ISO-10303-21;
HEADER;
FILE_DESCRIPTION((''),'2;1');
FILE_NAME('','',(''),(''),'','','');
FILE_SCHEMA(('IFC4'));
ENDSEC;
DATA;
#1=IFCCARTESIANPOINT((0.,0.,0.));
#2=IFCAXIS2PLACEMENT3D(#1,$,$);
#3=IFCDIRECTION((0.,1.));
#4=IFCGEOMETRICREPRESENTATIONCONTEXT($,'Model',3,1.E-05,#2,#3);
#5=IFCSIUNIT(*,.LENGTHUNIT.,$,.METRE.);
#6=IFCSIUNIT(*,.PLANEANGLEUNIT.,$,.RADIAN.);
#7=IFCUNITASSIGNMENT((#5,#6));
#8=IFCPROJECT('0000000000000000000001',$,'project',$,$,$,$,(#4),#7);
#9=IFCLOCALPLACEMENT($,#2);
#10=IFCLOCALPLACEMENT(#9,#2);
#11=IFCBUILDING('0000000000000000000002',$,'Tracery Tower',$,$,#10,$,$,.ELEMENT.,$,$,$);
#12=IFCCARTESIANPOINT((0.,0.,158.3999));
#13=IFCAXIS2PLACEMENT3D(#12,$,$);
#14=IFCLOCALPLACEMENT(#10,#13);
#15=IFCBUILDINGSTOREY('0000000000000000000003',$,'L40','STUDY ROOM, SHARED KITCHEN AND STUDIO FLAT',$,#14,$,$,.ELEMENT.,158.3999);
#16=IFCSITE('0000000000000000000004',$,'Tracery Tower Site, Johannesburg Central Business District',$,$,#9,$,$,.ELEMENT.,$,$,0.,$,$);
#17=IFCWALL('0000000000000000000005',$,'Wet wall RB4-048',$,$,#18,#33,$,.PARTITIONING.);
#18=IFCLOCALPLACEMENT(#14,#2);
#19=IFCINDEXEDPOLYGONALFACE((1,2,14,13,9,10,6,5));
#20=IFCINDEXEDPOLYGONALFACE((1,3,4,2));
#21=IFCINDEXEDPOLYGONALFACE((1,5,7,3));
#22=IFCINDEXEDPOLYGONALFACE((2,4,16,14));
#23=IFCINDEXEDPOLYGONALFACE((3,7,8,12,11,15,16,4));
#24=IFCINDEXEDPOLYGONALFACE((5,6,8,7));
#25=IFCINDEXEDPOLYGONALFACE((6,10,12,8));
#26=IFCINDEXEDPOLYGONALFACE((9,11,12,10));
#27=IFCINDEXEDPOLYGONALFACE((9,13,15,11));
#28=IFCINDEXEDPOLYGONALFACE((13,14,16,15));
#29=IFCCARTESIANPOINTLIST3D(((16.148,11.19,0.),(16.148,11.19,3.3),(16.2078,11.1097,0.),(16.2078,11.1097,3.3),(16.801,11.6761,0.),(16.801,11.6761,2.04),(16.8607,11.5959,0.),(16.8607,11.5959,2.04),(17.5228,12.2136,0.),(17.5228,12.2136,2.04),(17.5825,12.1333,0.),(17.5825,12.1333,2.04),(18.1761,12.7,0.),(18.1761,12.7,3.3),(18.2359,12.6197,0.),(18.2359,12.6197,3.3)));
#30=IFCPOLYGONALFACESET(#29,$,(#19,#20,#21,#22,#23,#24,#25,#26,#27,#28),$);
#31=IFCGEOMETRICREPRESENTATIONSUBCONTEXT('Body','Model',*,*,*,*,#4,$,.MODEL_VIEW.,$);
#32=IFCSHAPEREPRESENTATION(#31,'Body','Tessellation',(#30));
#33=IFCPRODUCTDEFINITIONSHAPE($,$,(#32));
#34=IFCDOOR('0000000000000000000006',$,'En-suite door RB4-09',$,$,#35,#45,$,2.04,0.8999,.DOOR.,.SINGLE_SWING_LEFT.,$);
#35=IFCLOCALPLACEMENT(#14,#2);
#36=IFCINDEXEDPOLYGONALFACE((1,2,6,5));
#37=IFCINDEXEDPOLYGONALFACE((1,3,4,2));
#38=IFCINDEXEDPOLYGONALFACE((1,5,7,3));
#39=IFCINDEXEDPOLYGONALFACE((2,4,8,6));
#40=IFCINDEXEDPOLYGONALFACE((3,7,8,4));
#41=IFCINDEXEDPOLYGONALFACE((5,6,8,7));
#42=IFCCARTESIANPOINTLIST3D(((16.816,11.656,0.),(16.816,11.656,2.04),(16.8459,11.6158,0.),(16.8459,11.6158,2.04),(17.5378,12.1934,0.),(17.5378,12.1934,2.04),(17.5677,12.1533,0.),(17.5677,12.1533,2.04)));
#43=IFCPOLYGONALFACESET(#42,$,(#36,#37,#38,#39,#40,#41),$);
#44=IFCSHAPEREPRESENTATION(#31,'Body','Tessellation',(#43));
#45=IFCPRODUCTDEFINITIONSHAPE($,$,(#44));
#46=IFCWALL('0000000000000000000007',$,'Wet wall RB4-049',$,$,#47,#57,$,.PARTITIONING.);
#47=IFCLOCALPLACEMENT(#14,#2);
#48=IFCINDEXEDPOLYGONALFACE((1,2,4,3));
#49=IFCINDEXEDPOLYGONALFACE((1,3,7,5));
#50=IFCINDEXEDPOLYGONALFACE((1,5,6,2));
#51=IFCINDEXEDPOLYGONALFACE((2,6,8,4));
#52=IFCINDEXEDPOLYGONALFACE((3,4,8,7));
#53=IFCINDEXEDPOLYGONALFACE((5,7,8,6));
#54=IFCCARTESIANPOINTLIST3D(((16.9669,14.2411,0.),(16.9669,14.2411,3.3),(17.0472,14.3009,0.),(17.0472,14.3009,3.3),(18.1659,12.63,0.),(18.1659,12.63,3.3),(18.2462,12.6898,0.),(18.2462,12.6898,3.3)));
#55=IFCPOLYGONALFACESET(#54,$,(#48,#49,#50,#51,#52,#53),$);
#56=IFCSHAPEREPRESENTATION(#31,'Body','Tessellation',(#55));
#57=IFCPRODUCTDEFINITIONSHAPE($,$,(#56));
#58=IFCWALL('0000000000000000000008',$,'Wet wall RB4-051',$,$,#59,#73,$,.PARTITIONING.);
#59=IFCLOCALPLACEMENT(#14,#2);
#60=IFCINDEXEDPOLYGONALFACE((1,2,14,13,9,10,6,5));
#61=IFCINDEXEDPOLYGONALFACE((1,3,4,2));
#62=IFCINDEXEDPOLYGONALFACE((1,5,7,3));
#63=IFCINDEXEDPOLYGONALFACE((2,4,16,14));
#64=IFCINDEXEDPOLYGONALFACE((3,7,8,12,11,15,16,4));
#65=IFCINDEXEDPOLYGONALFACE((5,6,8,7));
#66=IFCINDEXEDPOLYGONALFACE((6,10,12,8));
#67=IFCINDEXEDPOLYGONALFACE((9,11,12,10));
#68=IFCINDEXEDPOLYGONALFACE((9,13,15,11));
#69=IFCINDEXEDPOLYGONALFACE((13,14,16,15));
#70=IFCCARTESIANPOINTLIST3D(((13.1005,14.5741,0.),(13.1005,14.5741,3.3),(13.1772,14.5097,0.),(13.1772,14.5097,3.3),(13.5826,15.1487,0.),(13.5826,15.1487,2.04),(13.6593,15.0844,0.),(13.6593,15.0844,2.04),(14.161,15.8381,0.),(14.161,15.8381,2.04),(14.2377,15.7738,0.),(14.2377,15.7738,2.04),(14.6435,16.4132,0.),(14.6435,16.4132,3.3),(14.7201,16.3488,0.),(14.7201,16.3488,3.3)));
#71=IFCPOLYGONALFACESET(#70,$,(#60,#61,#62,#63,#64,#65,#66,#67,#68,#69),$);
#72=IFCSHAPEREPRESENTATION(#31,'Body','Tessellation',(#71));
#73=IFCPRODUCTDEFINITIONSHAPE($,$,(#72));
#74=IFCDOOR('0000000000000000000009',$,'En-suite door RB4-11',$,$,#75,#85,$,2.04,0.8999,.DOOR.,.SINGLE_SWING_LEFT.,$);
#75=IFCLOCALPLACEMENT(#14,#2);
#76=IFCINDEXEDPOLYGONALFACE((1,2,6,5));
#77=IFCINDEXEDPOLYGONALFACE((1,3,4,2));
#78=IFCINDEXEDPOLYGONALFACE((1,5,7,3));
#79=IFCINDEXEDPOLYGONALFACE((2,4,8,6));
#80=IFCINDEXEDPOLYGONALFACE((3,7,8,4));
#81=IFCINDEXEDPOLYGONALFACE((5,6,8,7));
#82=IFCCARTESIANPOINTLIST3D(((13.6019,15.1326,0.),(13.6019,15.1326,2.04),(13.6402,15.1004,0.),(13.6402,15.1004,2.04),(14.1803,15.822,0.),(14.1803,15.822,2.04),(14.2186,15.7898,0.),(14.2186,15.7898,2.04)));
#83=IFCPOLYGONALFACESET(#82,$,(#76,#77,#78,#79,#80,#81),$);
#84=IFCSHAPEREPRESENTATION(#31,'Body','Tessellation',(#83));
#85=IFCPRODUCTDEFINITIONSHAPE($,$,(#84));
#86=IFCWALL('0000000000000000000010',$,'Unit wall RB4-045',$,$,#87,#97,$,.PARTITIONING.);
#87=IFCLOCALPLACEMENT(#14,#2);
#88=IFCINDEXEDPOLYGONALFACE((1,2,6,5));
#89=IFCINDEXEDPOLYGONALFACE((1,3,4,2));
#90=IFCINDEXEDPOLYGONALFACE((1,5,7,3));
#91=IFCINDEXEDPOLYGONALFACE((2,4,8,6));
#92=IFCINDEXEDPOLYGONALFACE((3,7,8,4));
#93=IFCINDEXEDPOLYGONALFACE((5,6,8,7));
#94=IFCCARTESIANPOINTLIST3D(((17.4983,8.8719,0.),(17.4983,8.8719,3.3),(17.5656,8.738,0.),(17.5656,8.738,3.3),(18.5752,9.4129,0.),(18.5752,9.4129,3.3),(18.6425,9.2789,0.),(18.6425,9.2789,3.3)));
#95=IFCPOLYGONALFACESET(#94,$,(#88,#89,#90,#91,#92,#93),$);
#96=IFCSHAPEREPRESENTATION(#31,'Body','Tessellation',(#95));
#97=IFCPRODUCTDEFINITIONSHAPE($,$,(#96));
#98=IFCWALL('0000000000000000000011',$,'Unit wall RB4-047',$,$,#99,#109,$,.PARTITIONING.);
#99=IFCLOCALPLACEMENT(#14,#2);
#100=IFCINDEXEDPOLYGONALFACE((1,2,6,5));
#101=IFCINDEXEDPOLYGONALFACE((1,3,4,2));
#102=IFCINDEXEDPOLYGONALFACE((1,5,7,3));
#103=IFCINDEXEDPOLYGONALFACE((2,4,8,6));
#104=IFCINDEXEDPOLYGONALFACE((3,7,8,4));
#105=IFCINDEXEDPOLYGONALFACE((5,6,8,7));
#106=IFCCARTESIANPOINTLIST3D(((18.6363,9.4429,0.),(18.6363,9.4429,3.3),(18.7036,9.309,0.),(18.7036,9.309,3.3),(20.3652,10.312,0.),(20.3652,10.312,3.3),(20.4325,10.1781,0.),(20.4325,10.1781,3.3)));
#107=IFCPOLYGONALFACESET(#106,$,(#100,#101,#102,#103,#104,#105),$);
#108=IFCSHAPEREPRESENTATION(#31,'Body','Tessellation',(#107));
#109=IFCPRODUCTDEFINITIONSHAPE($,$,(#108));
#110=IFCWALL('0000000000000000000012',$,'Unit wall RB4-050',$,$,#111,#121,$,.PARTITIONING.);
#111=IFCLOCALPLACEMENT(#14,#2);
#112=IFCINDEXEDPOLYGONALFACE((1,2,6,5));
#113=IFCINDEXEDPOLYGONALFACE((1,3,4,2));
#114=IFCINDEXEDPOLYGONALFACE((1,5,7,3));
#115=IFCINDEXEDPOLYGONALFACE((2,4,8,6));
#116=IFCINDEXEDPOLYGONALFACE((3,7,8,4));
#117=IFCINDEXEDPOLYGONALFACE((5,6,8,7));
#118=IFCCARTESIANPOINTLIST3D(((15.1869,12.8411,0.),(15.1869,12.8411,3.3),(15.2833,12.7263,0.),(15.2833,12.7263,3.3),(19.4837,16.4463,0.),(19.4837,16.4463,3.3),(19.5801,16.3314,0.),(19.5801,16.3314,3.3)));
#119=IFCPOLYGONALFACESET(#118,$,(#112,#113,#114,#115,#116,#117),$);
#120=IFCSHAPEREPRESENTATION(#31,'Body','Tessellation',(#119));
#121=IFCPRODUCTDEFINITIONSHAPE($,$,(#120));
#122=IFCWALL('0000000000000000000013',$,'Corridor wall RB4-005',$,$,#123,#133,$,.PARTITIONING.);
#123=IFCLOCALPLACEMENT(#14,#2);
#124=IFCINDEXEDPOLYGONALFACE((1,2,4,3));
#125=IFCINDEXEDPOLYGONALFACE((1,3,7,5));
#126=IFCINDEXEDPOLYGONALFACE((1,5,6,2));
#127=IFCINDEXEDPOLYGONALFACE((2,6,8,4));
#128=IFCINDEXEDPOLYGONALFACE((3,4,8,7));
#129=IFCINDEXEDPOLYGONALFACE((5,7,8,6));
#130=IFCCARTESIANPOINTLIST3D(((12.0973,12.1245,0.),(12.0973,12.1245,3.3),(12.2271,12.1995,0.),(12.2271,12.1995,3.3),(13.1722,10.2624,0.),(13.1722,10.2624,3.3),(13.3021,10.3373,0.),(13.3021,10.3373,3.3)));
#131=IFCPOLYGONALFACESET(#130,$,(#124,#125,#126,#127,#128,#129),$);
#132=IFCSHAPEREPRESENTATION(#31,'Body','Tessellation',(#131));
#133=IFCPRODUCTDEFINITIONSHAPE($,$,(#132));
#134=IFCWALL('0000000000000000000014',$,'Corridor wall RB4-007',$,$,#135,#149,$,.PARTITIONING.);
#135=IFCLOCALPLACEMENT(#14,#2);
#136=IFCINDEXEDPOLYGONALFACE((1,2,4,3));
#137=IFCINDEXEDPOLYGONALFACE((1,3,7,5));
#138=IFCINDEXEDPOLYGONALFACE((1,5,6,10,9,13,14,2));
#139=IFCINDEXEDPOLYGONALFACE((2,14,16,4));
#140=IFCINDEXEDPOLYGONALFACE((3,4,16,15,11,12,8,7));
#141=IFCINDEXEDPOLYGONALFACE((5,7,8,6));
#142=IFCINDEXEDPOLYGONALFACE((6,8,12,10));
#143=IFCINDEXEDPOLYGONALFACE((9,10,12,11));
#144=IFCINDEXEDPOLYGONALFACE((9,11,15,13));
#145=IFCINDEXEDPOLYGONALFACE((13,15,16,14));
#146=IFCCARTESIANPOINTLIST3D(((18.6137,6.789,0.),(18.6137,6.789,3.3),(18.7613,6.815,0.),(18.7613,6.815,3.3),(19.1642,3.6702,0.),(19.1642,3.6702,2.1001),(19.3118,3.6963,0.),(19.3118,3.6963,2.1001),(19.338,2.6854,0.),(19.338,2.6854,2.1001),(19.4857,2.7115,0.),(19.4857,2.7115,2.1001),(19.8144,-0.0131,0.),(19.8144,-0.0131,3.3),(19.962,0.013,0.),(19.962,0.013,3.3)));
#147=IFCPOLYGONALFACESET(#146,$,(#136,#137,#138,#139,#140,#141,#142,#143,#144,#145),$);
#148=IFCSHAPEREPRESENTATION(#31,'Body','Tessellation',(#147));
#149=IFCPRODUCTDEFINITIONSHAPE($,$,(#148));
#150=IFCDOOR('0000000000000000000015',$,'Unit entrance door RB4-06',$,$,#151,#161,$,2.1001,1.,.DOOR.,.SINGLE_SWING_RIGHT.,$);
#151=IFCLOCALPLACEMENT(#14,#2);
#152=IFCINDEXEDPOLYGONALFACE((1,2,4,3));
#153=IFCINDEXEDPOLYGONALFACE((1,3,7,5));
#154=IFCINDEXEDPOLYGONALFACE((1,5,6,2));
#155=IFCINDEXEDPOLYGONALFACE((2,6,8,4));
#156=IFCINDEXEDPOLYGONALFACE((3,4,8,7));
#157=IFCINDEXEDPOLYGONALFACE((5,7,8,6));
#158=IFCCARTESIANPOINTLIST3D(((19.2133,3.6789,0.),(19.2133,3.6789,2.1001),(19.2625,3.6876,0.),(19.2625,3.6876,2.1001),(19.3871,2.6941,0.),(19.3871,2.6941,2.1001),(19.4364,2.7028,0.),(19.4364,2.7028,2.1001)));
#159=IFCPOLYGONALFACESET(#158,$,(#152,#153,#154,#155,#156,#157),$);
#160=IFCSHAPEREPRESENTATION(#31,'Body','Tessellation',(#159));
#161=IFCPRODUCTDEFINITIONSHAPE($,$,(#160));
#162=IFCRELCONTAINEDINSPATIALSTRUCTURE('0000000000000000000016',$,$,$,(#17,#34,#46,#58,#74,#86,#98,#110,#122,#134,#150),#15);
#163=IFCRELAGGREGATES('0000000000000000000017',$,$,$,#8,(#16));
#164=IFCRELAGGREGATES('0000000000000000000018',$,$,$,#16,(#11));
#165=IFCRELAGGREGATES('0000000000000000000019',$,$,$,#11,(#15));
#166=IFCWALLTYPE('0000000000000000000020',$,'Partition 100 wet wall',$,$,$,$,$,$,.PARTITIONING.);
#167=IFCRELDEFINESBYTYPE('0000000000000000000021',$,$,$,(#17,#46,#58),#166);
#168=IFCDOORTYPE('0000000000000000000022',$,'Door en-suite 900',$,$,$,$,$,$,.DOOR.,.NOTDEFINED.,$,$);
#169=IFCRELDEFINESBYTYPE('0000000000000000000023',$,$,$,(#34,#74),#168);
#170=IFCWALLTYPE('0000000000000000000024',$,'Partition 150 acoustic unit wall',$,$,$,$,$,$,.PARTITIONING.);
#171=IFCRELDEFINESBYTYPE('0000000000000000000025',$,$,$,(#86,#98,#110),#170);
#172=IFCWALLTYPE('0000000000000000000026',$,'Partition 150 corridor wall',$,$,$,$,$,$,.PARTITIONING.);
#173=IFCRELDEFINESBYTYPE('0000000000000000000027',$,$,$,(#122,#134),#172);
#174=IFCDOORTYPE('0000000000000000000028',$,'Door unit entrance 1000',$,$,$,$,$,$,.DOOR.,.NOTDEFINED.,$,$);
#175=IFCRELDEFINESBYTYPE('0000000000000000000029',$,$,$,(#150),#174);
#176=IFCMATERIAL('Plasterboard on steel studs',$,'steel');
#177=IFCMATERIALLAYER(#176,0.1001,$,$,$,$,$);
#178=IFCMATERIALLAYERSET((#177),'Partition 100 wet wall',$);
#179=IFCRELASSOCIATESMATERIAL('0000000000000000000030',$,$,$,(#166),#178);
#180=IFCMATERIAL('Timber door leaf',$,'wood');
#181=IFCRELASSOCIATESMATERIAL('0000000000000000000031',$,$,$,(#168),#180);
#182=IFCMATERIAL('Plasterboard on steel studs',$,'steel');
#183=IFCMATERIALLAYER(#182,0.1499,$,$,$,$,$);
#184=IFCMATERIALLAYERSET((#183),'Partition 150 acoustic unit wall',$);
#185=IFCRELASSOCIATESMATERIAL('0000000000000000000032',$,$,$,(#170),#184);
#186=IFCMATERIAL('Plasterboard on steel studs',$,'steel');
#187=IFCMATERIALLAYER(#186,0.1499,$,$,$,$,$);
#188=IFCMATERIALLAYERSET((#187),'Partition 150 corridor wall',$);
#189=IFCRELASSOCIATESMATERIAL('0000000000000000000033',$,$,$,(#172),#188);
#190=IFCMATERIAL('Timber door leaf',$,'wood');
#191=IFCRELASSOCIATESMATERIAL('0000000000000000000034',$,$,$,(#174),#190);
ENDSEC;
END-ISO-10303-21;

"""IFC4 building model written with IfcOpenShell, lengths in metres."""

from ifc_helpers import new_model, si_unit, direction, frame, frame_2d, origin, place, context, subcontext, project, spatial, rectangle, extrude, material, layer, layer_set, type_object, element, fill, save


model = new_model("IFC4")

# Units and contexts
model_context = context("Model", 3, precision=1e-05, world=origin(), true_north=direction((0.0, 1.0)))
body_context = subcontext(model_context, "Body", "Model", "MODEL_VIEW")
ifc_project = project(units=[si_unit("LENGTHUNIT", "METRE"), si_unit("PLANEANGLEUNIT", "RADIAN")], contexts=[model_context])

# Site, building, storey
site_placement = place(None, origin())
site = spatial("IfcSite", under=ifc_project, at=site_placement, Name="Tracery Tower Site, Johannesburg Central Business District", CompositionType="ELEMENT", RefElevation=0.0)
building_placement = place(site_placement, origin())
building = spatial("IfcBuilding", under=site, at=building_placement, Name="Tracery Tower", CompositionType="ELEMENT")
storey_placement = place(building_placement, frame((0.0, 0.0, 158.3999)))
storey = spatial("IfcBuildingStorey", under=building, at=storey_placement, Name="L40", Description="STUDY ROOM, SHARED KITCHEN AND STUDIO FLAT", CompositionType="ELEMENT", Elevation=158.3999)

# Wall, opening, door
ifc_material_1 = material(Name="Plasterboard on steel studs", Category="steel")
ifc_layer_1 = layer(ifc_material_1, 0.1001)
ifc_layer_set_1 = layer_set([ifc_layer_1], Name="Partition 100 wet wall")
wall_type_1 = type_object("IfcWallType", Name="Partition 100 wet wall", PredefinedType="PARTITIONING", material=ifc_layer_set_1)
wall_1_placement = place(storey_placement, frame((16.178, 11.1499, 0.0), z_axis=(0.0, 0.0, 1.0), x_axis=(0.802092, 0.5972, 0.0)))
wall_1 = element("IfcWall", 1, at=wall_1_placement, inside=storey, type_object=wall_type_1, Name="Wet wall RB4-048", PredefinedType="PARTITIONING", context=body_context, shape_type="SweptSolid", body=[
    extrude(rectangle(XDim=2.5286, YDim=0.1001, at=frame_2d((1.2642, 0.0))), origin(), (0.0, 0.0, 1.0), 3.3),
])
opening_1_placement = place(wall_1_placement, frame((0.814, 0.0, 0.0)))
opening_1 = element("IfcOpeningElement", 2, at=opening_1_placement, cuts=wall_1, PredefinedType="OPENING", context=body_context, shape_type="SweptSolid", body=[
    extrude(rectangle(XDim=0.8999, YDim=2.04, at=frame_2d((0.45, 1.02))), frame((0.0, 0.05, 0.0), z_axis=(0.0, -1.0, 0.0), x_axis=(1.0, 0.0, 0.0)), (0.0, 0.0, 1.0), 0.1001),
])
ifc_material_2 = material(Name="Timber door leaf", Category="wood")
door_type_1 = type_object("IfcDoorType", Name="Door en-suite 900", OperationType="NOTDEFINED", PredefinedType="DOOR", material=ifc_material_2)
door_1_placement = place(opening_1_placement, origin())
door_1 = element("IfcDoor", 3, at=door_1_placement, inside=storey, type_object=door_type_1, Name="En-suite door RB4-09", OperationType="SINGLE_SWING_LEFT", OverallHeight=2.04, OverallWidth=0.8999, PredefinedType="DOOR", context=body_context, shape_type="SweptSolid", body=[
    extrude(rectangle(XDim=0.8999, YDim=2.04, at=frame_2d((0.45, 1.02))), frame((0.0, 0.0249, 0.0), z_axis=(0.0, -1.0, 0.0), x_axis=(1.0, 0.0, 0.0)), (0.0, 0.0, 1.0), 0.05),
])
fill(opening_1, door_1)

# Wall
wall_2_placement = place(storey_placement, frame((17.0071, 14.271, 0.0), z_axis=(0.0, 0.0, 1.0), x_axis=(0.59702, -0.802226, 0.0)))
element("IfcWall", 4, at=wall_2_placement, inside=storey, type_object=wall_type_1, Name="Wet wall RB4-049", PredefinedType="PARTITIONING", context=body_context, shape_type="SweptSolid", body=[
    extrude(rectangle(XDim=2.0083, YDim=0.1001, at=frame_2d((1.0042, 0.0))), origin(), (0.0, 0.0, 1.0), 3.3),
])

# Wall, opening, door
wall_3_placement = place(storey_placement, frame((13.1389, 14.542, 0.0), z_axis=(0.0, 0.0, 1.0), x_axis=(0.642732, 0.766091, 0.0)))
wall_3 = element("IfcWall", 5, at=wall_3_placement, inside=storey, type_object=wall_type_1, Name="Wet wall RB4-051", PredefinedType="PARTITIONING", context=body_context, shape_type="SweptSolid", body=[
    extrude(rectangle(XDim=2.4006, YDim=0.1001, at=frame_2d((1.2002, 0.0))), origin(), (0.0, 0.0, 1.0), 3.3),
])
opening_2_placement = place(wall_3_placement, frame((0.75, 0.0, 0.0)))
opening_2 = element("IfcOpeningElement", 6, at=opening_2_placement, cuts=wall_3, PredefinedType="OPENING", context=body_context, shape_type="SweptSolid", body=[
    extrude(rectangle(XDim=0.8999, YDim=2.04, at=frame_2d((0.45, 1.02))), frame((0.0, 0.05, 0.0), z_axis=(0.0, -1.0, 0.0), x_axis=(1.0, 0.0, 0.0)), (0.0, 0.0, 1.0), 0.1001),
])
door_2_placement = place(opening_2_placement, origin())
door_2 = element("IfcDoor", 7, at=door_2_placement, inside=storey, type_object=door_type_1, Name="En-suite door RB4-11", OperationType="SINGLE_SWING_LEFT", OverallHeight=2.04, OverallWidth=0.8999, PredefinedType="DOOR", context=body_context, shape_type="SweptSolid", body=[
    extrude(rectangle(XDim=0.8999, YDim=2.04, at=frame_2d((0.45, 1.02))), frame((0.0, 0.0249, 0.0), z_axis=(0.0, -1.0, 0.0), x_axis=(1.0, 0.0, 0.0)), (0.0, 0.0, 1.0), 0.05),
])
fill(opening_2, door_2)

# Walls
ifc_material_3 = material(Name="Plasterboard on steel studs", Category="steel")
ifc_layer_2 = layer(ifc_material_3, 0.1499)
ifc_layer_set_2 = layer_set([ifc_layer_2], Name="Partition 150 acoustic unit wall")
wall_type_2 = type_object("IfcWallType", Name="Partition 150 acoustic unit wall", PredefinedType="PARTITIONING", material=ifc_layer_set_2)
wall_4_placement = place(storey_placement, frame((17.532, 8.8049, 0.0), z_axis=(0.0, 0.0, 1.0), x_axis=(0.893575, 0.448914, 0.0)))
element("IfcWall", 8, at=wall_4_placement, inside=storey, type_object=wall_type_2, Name="Unit wall RB4-045", PredefinedType="PARTITIONING", context=body_context, shape_type="SweptSolid", body=[
    extrude(rectangle(XDim=1.2051, YDim=0.1499, at=frame_2d((0.6025, 0.0))), origin(), (0.0, 0.0, 1.0), 3.3),
])
wall_5_placement = place(storey_placement, frame((18.6699, 9.376, 0.0), z_axis=(0.0, 0.0, 1.0), x_axis=(0.893466, 0.44913, 0.0)))
element("IfcWall", 9, at=wall_5_placement, inside=storey, type_object=wall_type_2, Name="Unit wall RB4-047", PredefinedType="PARTITIONING", context=body_context, shape_type="SweptSolid", body=[
    extrude(rectangle(XDim=1.9351, YDim=0.1499, at=frame_2d((0.9675, 0.0))), origin(), (0.0, 0.0, 1.0), 3.3),
])
wall_6_placement = place(storey_placement, frame((15.2351, 12.7837, 0.0), z_axis=(0.0, 0.0, 1.0), x_axis=(0.766069, 0.642758, 0.0)))
element("IfcWall", 10, at=wall_6_placement, inside=storey, type_object=wall_type_2, Name="Unit wall RB4-050", PredefinedType="PARTITIONING", context=body_context, shape_type="SweptSolid", body=[
    extrude(rectangle(XDim=5.6089, YDim=0.1499, at=frame_2d((2.8044, 0.0))), origin(), (0.0, 0.0, 1.0), 3.3),
])
ifc_material_4 = material(Name="Plasterboard on steel studs", Category="steel")
ifc_layer_3 = layer(ifc_material_4, 0.1499)
ifc_layer_set_3 = layer_set([ifc_layer_3], Name="Partition 150 corridor wall")
wall_type_3 = type_object("IfcWallType", Name="Partition 150 corridor wall", PredefinedType="PARTITIONING", material=ifc_layer_set_3)
wall_7_placement = place(storey_placement, frame((12.1621, 12.1621, 0.0), z_axis=(0.0, 0.0, 1.0), x_axis=(0.499962, -0.866048, 0.0)))
element("IfcWall", 11, at=wall_7_placement, inside=storey, type_object=wall_type_3, Name="Corridor wall RB4-005", PredefinedType="PARTITIONING", context=body_context, shape_type="SweptSolid", body=[
    extrude(rectangle(XDim=2.1501, YDim=0.1499, at=frame_2d((1.0752, 0.0))), origin(), (0.0, 0.0, 1.0), 3.3),
])

# Wall, opening, door
wall_8_placement = place(storey_placement, frame((18.6875, 6.802, 0.0), z_axis=(0.0, 0.0, 1.0), x_axis=(0.173832, -0.984775, 0.0)))
wall_8 = element("IfcWall", 12, at=wall_8_placement, inside=storey, type_object=wall_type_3, Name="Corridor wall RB4-007", PredefinedType="PARTITIONING", context=body_context, shape_type="SweptSolid", body=[
    extrude(rectangle(XDim=6.9072, YDim=0.1499, at=frame_2d((3.4536, 0.0))), origin(), (0.0, 0.0, 1.0), 3.3),
])
opening_3_placement = place(wall_8_placement, frame((3.167, 0.0, 0.0)))
opening_3 = element("IfcOpeningElement", 13, at=opening_3_placement, cuts=wall_8, PredefinedType="OPENING", context=body_context, shape_type="SweptSolid", body=[
    extrude(rectangle(XDim=1.0, YDim=2.1001, at=frame_2d((0.5, 1.05))), frame((0.0, 0.075, 0.0), z_axis=(0.0, -1.0, 0.0), x_axis=(1.0, 0.0, 0.0)), (0.0, 0.0, 1.0), 0.1499),
])
ifc_material_5 = material(Name="Timber door leaf", Category="wood")
door_type_2 = type_object("IfcDoorType", Name="Door unit entrance 1000", OperationType="NOTDEFINED", PredefinedType="DOOR", material=ifc_material_5)
door_3_placement = place(opening_3_placement, origin())
door_3 = element("IfcDoor", 14, at=door_3_placement, inside=storey, type_object=door_type_2, Name="Unit entrance door RB4-06", OperationType="SINGLE_SWING_RIGHT", OverallHeight=2.1001, OverallWidth=1.0, PredefinedType="DOOR", context=body_context, shape_type="SweptSolid", body=[
    extrude(rectangle(XDim=1.0, YDim=2.1001, at=frame_2d((0.5, 1.05))), frame((0.0, 0.0249, 0.0), z_axis=(0.0, -1.0, 0.0), x_axis=(1.0, 0.0, 0.0)), (0.0, 0.0, 1.0), 0.05),
])
fill(opening_3, door_3)

save(model, "model.ifc")
